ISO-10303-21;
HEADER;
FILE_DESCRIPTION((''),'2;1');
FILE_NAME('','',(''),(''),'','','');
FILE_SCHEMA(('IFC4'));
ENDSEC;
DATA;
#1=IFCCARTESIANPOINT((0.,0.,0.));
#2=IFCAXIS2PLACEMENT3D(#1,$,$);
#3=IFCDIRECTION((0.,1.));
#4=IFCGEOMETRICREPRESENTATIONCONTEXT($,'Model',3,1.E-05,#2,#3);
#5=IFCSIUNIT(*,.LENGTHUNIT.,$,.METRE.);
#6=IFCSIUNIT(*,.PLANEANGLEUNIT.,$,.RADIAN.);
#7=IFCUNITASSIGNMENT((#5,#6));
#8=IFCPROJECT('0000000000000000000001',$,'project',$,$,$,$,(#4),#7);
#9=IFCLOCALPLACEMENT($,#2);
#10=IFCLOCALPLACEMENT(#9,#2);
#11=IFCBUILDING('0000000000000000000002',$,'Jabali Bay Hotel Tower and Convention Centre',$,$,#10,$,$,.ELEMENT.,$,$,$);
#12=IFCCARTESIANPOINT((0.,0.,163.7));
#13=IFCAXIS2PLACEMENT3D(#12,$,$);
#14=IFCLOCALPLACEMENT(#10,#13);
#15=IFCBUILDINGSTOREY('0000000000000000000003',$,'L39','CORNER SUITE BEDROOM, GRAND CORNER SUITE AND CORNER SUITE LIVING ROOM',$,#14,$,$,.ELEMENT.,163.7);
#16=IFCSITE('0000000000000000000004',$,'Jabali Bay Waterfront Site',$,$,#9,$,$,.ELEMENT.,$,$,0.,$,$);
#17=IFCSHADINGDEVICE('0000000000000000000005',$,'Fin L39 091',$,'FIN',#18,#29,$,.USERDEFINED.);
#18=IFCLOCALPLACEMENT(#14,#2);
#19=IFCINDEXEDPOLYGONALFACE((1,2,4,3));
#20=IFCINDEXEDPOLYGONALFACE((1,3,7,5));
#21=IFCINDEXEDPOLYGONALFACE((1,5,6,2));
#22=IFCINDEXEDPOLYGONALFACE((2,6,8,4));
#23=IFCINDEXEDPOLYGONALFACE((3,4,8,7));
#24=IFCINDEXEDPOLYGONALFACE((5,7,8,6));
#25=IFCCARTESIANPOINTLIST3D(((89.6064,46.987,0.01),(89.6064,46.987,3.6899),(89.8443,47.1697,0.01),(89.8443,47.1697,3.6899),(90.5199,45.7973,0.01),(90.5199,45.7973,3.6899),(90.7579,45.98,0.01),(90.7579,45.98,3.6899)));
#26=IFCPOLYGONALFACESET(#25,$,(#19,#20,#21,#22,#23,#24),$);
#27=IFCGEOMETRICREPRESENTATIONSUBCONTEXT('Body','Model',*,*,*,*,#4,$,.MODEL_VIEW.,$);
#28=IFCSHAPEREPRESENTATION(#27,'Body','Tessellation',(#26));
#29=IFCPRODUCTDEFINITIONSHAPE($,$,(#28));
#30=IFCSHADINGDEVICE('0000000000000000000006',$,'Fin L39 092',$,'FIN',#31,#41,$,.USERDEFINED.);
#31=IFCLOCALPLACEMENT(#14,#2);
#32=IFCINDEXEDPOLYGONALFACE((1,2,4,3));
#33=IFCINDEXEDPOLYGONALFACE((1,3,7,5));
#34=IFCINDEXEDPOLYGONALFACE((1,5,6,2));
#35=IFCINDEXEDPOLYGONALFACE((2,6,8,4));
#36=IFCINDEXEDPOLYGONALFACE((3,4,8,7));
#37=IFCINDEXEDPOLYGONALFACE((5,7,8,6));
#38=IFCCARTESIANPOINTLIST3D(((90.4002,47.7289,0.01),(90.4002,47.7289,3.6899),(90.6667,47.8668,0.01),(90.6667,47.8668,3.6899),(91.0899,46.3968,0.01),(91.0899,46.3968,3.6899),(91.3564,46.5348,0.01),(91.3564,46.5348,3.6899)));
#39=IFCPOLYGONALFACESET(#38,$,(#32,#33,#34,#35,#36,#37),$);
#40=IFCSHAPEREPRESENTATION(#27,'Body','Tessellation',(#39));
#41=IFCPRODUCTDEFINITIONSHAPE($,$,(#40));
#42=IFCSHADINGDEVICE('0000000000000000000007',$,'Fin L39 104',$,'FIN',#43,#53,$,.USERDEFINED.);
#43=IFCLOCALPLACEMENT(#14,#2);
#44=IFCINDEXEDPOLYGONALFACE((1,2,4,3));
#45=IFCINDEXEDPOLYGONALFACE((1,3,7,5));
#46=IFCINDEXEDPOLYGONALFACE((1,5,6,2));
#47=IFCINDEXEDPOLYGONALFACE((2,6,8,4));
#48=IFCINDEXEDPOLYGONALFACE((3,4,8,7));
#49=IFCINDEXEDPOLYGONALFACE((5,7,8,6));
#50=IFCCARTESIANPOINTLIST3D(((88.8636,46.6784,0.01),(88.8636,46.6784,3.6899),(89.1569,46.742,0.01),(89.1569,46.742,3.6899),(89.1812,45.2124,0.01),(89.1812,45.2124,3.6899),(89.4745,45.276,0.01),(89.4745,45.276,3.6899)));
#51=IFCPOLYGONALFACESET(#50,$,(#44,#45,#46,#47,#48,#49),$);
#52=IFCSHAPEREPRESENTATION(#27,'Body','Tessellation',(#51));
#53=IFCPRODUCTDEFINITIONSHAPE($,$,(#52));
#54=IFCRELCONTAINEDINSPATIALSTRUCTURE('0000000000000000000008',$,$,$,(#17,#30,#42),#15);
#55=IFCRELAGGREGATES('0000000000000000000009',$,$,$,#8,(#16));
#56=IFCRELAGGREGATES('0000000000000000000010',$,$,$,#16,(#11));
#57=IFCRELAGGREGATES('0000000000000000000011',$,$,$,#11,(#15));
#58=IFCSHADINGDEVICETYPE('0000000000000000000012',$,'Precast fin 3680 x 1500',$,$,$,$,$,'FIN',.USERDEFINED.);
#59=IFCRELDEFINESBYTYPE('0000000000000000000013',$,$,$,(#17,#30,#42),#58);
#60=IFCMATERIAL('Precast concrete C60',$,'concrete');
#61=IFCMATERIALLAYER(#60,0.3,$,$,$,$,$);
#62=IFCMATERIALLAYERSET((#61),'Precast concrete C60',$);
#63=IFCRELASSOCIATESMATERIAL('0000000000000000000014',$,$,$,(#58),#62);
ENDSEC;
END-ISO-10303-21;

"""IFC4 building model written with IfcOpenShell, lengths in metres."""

from ifc_helpers import new_model, si_unit, direction, frame, frame_2d, origin, place, context, subcontext, project, spatial, rectangle, extrude, material, layer, layer_set, type_object, element, save


model = new_model("IFC4")

# Units and contexts
model_context = context("Model", 3, precision=1e-05, world=origin(), true_north=direction((0.0, 1.0)))
body_context = subcontext(model_context, "Body", "Model", "MODEL_VIEW")
ifc_project = project(units=[si_unit("LENGTHUNIT", "METRE"), si_unit("PLANEANGLEUNIT", "RADIAN")], contexts=[model_context])

# Site, building, storey
site_placement = place(None, origin())
site = spatial("IfcSite", under=ifc_project, at=site_placement, Name="Jabali Bay Waterfront Site", CompositionType="ELEMENT", RefElevation=0.0)
building_placement = place(site_placement, origin())
building = spatial("IfcBuilding", under=site, at=building_placement, Name="Jabali Bay Hotel Tower and Convention Centre", CompositionType="ELEMENT")
storey_placement = place(building_placement, frame((0.0, 0.0, 163.7)))
storey = spatial("IfcBuildingStorey", under=building, at=storey_placement, Name="L39", Description="CORNER SUITE BEDROOM, GRAND CORNER SUITE AND CORNER SUITE LIVING ROOM", CompositionType="ELEMENT", Elevation=163.7)

# Shading devices
ifc_material_1 = material(Name="Precast concrete C60", Category="concrete")
ifc_layer_1 = layer(ifc_material_1, 0.3)
ifc_layer_set_1 = layer_set([ifc_layer_1], Name="Precast concrete C60")
shading_device_type = type_object("IfcShadingDeviceType", Name="Precast fin 3680 x 1500", ElementType="FIN", PredefinedType="USERDEFINED", material=ifc_layer_set_1)
for number, where, z_axis, x_axis, name in (
    (1, (89.7253, 47.0784, 0.01), (0.0, 0.0, 1.0), (0.60905, -0.793132, 0.0), "Fin L39 091"),
    (2, (90.5334, 47.7979, 0.01), (0.0, 0.0, 1.0), (0.459799, -0.888023, 0.0), "Fin L39 092"),
    (3, (89.0103, 46.7102, 0.01), (0.0, 0.0, 1.0), (0.21174, -0.977326, 0.0), "Fin L39 104"),
):
    element("IfcShadingDevice", number, at=place(storey_placement, frame(where, z_axis=z_axis, x_axis=x_axis)), inside=storey, type_object=shading_device_type, Name=name, ObjectType="FIN", PredefinedType="USERDEFINED", context=body_context, shape_type="SweptSolid", body=[
        extrude(rectangle(XDim=1.5, YDim=0.3, at=frame_2d((0.75, 0.0))), origin(), (0.0, 0.0, 1.0), 3.6799),
    ])

save(model, "model.ifc")
